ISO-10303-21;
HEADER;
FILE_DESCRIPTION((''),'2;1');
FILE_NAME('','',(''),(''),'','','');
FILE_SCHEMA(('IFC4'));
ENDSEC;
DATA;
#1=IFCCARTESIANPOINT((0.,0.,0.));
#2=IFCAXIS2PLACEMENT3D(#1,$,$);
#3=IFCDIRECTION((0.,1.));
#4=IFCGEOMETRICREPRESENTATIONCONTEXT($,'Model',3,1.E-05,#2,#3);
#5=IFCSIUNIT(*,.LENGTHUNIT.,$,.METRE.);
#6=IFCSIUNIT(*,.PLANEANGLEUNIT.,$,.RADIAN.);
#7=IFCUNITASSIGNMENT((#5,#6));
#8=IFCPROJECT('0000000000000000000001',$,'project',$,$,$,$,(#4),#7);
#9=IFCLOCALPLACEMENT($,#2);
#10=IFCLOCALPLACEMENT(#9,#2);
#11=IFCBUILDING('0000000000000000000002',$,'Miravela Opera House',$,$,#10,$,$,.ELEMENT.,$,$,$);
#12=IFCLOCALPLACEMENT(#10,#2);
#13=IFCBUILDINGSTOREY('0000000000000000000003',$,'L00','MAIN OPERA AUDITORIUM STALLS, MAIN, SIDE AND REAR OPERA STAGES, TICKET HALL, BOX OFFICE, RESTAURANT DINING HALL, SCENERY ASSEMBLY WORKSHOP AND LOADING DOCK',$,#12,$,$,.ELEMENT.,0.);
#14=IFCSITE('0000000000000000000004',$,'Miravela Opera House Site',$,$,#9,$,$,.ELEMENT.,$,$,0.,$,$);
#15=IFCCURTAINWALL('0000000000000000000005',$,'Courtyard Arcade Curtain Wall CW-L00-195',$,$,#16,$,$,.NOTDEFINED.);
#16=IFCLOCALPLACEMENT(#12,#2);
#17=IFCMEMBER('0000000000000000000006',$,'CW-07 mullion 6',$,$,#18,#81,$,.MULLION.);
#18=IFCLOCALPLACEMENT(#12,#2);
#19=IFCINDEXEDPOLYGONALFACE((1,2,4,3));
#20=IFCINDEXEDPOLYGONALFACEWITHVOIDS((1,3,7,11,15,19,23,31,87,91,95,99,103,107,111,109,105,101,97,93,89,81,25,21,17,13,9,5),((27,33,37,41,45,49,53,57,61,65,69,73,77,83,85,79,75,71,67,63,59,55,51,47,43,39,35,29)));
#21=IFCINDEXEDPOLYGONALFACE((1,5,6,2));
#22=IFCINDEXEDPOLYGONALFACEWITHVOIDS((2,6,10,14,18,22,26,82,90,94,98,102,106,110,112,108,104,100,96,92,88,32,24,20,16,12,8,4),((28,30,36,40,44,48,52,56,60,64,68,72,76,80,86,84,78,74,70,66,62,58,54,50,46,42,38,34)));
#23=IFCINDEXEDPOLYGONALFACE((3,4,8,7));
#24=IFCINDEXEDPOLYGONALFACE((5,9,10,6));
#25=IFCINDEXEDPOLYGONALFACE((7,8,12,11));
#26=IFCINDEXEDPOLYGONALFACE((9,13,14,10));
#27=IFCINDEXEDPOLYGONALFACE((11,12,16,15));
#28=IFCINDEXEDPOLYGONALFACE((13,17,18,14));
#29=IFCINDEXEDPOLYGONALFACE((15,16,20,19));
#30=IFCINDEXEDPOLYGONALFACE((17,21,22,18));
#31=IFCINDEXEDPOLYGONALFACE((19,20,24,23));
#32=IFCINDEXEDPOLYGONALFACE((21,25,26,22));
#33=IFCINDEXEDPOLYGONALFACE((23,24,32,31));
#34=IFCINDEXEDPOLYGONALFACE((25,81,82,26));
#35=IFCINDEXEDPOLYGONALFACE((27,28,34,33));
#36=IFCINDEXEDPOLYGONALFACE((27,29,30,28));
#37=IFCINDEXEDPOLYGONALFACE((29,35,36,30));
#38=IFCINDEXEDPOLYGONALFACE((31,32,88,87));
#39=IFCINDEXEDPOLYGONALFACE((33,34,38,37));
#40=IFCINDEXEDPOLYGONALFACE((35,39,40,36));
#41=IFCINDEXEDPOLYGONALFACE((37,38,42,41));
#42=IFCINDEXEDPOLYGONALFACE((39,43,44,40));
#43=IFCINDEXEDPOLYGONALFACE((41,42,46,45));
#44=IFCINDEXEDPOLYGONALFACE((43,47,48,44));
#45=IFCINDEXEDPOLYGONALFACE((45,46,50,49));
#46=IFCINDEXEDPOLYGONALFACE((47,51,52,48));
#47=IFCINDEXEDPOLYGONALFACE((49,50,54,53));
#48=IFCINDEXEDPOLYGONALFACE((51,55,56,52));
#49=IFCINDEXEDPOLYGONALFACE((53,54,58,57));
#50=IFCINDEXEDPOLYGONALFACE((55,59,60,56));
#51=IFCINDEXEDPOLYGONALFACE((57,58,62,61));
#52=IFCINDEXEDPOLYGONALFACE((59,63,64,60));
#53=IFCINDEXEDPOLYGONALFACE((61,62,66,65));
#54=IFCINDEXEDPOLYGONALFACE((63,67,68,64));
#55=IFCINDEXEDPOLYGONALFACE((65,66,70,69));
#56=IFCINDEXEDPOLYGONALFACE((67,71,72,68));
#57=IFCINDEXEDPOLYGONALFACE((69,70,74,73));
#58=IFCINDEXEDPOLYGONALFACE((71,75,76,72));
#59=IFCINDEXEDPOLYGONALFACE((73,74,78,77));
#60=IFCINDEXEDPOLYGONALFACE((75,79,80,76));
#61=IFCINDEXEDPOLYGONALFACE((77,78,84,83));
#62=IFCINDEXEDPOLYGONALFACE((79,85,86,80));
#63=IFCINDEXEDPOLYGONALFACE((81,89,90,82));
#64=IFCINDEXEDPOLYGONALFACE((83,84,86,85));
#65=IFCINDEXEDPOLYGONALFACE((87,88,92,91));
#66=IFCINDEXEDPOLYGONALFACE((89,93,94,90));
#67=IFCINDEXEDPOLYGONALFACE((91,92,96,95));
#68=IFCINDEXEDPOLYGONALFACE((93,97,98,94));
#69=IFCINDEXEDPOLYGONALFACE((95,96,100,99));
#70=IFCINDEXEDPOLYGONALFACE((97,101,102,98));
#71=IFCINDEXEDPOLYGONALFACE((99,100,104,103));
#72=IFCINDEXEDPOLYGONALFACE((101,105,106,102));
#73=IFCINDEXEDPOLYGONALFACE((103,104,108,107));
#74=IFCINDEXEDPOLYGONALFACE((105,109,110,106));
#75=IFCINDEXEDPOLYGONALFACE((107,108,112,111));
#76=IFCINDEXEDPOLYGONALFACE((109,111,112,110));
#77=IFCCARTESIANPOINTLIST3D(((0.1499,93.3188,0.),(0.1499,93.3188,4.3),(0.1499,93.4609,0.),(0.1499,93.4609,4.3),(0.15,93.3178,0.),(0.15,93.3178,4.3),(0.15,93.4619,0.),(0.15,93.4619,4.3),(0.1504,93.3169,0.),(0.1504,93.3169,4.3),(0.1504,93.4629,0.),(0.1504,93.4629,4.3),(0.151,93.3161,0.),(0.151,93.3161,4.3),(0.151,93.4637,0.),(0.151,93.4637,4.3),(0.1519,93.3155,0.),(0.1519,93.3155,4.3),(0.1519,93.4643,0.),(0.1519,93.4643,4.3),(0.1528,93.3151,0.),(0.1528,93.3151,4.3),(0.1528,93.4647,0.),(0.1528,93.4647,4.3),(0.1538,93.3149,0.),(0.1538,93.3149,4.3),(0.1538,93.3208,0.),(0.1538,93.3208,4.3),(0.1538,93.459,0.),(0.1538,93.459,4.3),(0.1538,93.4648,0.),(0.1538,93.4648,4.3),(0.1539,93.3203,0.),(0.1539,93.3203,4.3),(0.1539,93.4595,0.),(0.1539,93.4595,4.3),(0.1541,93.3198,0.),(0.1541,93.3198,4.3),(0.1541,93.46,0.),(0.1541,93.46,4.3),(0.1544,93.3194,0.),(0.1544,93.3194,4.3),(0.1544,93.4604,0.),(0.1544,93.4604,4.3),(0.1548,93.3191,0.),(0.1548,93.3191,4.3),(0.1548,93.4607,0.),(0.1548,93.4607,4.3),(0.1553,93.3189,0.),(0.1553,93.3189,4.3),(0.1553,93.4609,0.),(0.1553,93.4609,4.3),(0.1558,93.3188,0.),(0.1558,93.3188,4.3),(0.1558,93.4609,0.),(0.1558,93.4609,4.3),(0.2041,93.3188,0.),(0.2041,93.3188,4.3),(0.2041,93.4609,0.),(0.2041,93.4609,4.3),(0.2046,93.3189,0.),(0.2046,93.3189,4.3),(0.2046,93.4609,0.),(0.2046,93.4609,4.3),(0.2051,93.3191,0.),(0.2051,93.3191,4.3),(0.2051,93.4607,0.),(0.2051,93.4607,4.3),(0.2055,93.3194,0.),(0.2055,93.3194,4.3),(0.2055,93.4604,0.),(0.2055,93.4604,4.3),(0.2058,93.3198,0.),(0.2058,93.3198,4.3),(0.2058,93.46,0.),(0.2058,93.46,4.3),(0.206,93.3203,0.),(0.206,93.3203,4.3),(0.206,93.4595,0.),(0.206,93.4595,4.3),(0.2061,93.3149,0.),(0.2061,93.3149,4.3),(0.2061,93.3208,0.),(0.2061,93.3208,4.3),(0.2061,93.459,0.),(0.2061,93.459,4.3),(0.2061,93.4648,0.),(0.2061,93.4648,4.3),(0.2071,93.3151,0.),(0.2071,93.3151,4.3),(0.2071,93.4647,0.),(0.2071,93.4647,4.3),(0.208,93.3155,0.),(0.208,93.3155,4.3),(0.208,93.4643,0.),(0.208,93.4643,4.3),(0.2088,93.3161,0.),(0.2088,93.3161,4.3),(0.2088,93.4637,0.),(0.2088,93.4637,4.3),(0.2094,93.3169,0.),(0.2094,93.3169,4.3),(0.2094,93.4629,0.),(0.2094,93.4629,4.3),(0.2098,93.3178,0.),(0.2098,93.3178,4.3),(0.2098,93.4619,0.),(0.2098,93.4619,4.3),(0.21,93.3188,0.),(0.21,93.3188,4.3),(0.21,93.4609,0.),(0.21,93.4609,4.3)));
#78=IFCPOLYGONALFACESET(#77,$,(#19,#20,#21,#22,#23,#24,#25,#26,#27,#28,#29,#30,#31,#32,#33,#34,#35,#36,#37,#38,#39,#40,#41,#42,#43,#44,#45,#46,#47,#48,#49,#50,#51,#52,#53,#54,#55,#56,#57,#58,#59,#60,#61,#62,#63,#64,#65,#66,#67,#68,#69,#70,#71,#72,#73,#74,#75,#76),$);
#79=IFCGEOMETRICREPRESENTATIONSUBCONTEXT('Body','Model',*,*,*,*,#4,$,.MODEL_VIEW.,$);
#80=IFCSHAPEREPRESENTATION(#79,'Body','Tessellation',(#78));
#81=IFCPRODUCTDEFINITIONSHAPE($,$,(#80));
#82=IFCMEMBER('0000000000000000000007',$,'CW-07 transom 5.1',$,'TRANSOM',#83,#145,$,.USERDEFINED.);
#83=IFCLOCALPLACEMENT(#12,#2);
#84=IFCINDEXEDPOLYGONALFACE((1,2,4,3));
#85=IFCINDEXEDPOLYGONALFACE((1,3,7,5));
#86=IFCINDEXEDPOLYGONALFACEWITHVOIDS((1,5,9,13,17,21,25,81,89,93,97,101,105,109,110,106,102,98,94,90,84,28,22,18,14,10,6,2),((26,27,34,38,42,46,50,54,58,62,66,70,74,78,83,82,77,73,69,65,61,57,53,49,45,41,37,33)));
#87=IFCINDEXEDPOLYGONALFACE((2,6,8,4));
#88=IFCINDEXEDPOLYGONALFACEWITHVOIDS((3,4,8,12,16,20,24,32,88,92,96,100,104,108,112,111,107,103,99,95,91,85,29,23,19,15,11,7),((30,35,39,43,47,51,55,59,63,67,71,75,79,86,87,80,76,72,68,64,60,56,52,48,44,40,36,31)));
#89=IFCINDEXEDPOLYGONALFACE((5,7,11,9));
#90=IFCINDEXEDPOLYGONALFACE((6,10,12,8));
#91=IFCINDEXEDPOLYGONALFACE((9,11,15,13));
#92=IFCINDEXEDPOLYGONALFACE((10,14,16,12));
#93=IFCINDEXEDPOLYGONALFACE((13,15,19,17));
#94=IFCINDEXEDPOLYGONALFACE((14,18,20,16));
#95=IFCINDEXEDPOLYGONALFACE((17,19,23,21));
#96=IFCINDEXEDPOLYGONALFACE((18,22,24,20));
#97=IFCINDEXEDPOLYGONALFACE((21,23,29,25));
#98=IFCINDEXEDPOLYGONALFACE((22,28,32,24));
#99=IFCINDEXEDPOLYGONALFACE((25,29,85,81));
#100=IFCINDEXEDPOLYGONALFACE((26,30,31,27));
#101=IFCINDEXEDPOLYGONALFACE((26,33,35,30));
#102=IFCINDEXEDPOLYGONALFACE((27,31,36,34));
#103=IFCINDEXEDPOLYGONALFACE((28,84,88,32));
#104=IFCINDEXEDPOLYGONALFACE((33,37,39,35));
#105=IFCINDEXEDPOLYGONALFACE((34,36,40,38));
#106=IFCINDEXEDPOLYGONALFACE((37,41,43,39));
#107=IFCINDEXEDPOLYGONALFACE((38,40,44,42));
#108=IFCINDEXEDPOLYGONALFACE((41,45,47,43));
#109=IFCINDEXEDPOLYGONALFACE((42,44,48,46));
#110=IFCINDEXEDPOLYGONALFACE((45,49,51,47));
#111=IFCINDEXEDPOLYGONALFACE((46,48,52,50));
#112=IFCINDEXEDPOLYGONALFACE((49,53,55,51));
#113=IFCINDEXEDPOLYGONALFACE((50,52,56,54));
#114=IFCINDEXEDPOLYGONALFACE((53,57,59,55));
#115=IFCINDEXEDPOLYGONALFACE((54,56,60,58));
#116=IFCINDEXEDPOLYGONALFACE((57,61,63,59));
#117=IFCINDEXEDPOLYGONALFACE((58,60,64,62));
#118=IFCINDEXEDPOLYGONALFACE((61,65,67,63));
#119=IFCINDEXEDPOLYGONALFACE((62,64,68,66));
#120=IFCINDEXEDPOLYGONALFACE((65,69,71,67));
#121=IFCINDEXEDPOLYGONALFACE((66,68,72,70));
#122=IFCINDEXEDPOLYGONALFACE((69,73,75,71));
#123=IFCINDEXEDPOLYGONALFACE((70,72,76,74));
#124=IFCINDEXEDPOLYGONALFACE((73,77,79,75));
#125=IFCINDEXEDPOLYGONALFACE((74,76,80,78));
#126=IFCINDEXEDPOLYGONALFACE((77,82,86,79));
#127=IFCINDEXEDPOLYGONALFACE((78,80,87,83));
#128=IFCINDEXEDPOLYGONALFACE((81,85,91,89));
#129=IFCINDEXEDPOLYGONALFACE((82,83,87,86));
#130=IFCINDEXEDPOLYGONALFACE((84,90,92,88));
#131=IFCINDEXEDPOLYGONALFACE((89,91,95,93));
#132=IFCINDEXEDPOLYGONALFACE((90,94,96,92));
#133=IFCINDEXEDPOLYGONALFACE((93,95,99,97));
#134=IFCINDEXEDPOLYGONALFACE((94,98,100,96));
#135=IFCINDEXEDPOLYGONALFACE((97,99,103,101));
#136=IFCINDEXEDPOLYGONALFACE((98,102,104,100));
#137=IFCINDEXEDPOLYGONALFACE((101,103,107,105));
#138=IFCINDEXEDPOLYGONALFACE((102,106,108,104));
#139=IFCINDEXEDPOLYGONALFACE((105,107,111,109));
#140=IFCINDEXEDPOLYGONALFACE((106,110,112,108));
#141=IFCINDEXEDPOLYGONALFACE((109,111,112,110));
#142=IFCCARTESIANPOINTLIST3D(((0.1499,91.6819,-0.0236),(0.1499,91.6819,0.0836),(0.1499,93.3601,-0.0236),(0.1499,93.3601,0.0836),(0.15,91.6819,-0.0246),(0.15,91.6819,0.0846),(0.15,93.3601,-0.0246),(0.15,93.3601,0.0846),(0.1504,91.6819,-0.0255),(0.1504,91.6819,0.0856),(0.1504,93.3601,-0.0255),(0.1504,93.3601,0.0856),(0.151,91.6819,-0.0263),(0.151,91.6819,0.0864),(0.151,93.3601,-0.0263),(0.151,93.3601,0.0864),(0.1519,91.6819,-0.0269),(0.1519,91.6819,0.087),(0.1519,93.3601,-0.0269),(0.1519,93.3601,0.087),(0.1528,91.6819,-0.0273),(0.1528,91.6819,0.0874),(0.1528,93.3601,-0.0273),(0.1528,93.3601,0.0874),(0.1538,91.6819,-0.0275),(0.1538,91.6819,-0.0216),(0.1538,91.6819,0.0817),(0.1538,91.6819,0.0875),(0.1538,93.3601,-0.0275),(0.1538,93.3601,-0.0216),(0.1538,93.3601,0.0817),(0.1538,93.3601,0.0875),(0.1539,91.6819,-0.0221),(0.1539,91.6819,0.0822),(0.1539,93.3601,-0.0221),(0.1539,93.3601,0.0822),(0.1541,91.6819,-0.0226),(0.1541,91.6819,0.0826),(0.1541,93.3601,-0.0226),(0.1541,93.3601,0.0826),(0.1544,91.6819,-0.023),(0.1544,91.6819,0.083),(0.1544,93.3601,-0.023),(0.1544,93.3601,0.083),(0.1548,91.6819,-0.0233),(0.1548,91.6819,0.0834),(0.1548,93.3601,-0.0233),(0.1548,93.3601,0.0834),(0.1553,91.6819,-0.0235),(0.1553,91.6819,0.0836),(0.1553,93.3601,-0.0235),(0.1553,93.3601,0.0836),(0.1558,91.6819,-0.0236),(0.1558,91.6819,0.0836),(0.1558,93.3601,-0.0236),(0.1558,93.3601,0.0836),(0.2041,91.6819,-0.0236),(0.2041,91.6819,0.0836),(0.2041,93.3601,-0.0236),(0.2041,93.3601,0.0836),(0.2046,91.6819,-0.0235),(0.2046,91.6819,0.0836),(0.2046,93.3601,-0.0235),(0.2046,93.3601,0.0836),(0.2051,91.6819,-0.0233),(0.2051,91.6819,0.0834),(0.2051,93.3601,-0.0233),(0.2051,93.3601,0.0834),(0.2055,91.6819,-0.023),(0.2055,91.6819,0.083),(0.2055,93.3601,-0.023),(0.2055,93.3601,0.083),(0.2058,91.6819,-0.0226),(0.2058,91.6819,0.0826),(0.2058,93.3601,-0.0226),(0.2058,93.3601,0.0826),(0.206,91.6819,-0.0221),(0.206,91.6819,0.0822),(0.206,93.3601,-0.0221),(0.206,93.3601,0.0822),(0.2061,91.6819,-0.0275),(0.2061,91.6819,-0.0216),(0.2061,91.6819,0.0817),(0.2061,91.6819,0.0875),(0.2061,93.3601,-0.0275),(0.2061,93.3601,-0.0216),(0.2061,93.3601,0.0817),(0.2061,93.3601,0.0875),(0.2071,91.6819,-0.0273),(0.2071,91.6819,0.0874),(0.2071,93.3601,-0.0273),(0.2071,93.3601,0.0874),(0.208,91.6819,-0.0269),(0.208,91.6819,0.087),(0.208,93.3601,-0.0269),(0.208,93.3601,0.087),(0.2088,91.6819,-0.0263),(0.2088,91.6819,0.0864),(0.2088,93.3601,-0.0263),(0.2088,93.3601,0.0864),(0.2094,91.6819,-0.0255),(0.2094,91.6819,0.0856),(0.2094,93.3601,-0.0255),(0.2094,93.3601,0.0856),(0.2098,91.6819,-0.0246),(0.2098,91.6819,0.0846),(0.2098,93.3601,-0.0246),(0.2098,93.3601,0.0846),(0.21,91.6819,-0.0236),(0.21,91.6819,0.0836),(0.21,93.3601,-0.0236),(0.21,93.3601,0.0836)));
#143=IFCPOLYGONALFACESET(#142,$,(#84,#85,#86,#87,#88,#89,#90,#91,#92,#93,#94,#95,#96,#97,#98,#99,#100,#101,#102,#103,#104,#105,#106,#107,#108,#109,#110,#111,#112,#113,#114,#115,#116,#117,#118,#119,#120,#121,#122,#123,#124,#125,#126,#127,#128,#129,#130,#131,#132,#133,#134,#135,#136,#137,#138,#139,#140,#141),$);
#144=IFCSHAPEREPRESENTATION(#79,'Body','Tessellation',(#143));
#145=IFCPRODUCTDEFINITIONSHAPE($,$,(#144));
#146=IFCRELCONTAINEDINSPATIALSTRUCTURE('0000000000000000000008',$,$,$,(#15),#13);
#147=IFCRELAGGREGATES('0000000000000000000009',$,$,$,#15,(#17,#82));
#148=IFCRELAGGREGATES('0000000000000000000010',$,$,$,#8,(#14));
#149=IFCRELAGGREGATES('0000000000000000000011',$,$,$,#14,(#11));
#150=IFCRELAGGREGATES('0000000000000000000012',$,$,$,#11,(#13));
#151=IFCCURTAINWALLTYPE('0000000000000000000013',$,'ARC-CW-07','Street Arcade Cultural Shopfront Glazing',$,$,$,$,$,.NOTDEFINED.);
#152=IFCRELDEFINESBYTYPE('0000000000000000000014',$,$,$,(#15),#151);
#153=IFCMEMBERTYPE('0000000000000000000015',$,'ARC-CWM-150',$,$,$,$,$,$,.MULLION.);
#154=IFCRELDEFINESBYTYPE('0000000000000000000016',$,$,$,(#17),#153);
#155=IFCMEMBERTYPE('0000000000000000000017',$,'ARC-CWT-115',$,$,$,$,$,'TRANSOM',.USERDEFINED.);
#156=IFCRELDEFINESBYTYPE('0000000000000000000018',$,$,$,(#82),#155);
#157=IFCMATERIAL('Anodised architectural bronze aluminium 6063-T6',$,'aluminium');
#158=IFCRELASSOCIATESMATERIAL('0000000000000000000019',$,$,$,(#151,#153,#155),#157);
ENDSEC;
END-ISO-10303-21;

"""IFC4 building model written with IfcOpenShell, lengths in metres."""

from ifc_helpers import new_model, si_unit, direction, frame, origin, origin_2d, place, context, subcontext, project, spatial, hollow_rectangle, extrude, material, material_profile, profile_set, type_object, element, aggregate, save


model = new_model("IFC4")

# Units and contexts
model_context = context("Model", 3, precision=1e-05, world=origin(), true_north=direction((0.0, 1.0)))
body_context = subcontext(model_context, "Body", "Model", "MODEL_VIEW")
ifc_project = project(units=[si_unit("LENGTHUNIT", "METRE"), si_unit("PLANEANGLEUNIT", "RADIAN")], contexts=[model_context])

# Site, building, storey
site_placement = place(None, origin())
site = spatial("IfcSite", under=ifc_project, at=site_placement, Name="Miravela Opera House Site", CompositionType="ELEMENT", RefElevation=0.0)
building_placement = place(site_placement, origin())
building = spatial("IfcBuilding", under=site, at=building_placement, Name="Miravela Opera House", CompositionType="ELEMENT")
storey_placement = place(building_placement, origin())
storey = spatial("IfcBuildingStorey", under=building, at=storey_placement, Name="L00", Description="MAIN OPERA AUDITORIUM STALLS, MAIN, SIDE AND REAR OPERA STAGES, TICKET HALL, BOX OFFICE, RESTAURANT DINING HALL, SCENERY ASSEMBLY WORKSHOP AND LOADING DOCK", CompositionType="ELEMENT", Elevation=0.0)

# Curtain wall, members
ifc_material_1 = material(Name="Anodised architectural bronze aluminium 6063-T6", Category="aluminium")
curtain_wall_type = type_object("IfcCurtainWallType", Name="ARC-CW-07", Description="Street Arcade Cultural Shopfront Glazing", PredefinedType="NOTDEFINED", material=ifc_material_1)
curtain_wall_placement = place(storey_placement, origin())
curtain_wall = element("IfcCurtainWall", 1, at=curtain_wall_placement, inside=storey, type_object=curtain_wall_type, Name="Courtyard Arcade Curtain Wall CW-L00-195", PredefinedType="NOTDEFINED")
ifc_material_profile_1 = material_profile(ifc_material_1, hollow_rectangle(XDim=0.0601, YDim=0.1499, WallThickness=0.0039, InnerFilletRadius=0.002, OuterFilletRadius=0.0039, at=origin_2d()), Name="CWM-60X150")
ifc_profile_set_1 = profile_set([ifc_material_profile_1])
member_type_1 = type_object("IfcMemberType", Name="ARC-CWM-150", PredefinedType="MULLION", material=ifc_profile_set_1)
member_1_placement = place(storey_placement, frame((0.1799, 93.3899, 0.0), z_axis=(0.0, 0.0, 1.0), x_axis=(-1.0, 0.0, 0.0)))
member_1 = element("IfcMember", 2, at=member_1_placement, type_object=member_type_1, Name="CW-07 mullion 6", PredefinedType="MULLION", context=body_context, shape_type="SweptSolid", body=[
    extrude(hollow_rectangle(XDim=0.0601, YDim=0.1499, WallThickness=0.0039, InnerFilletRadius=0.002, OuterFilletRadius=0.0039, at=origin_2d()), origin(), (0.0, 0.0, 1.0), 4.3),
])
ifc_material_profile_2 = material_profile(ifc_material_1, hollow_rectangle(XDim=0.0601, YDim=0.115, WallThickness=0.0039, InnerFilletRadius=0.002, OuterFilletRadius=0.0039, at=origin_2d()), Name="CWT-60X115")
ifc_profile_set_2 = profile_set([ifc_material_profile_2])
member_type_2 = type_object("IfcMemberType", Name="ARC-CWT-115", ElementType="TRANSOM", PredefinedType="USERDEFINED", material=ifc_profile_set_2)
member_2_placement = place(storey_placement, frame((0.1799, 91.6819, 0.03), z_axis=(0.0, 1.0, 0.0), x_axis=(-1.0, 0.0, 0.0)))
member_2 = element("IfcMember", 3, at=member_2_placement, type_object=member_type_2, Name="CW-07 transom 5.1", ObjectType="TRANSOM", PredefinedType="USERDEFINED", context=body_context, shape_type="SweptSolid", body=[
    extrude(hollow_rectangle(XDim=0.0601, YDim=0.115, WallThickness=0.0039, InnerFilletRadius=0.002, OuterFilletRadius=0.0039, at=origin_2d()), origin(), (0.0, 0.0, 1.0), 1.6782),
])

aggregate(curtain_wall, [member_1, member_2])

save(model, "model.ifc")
